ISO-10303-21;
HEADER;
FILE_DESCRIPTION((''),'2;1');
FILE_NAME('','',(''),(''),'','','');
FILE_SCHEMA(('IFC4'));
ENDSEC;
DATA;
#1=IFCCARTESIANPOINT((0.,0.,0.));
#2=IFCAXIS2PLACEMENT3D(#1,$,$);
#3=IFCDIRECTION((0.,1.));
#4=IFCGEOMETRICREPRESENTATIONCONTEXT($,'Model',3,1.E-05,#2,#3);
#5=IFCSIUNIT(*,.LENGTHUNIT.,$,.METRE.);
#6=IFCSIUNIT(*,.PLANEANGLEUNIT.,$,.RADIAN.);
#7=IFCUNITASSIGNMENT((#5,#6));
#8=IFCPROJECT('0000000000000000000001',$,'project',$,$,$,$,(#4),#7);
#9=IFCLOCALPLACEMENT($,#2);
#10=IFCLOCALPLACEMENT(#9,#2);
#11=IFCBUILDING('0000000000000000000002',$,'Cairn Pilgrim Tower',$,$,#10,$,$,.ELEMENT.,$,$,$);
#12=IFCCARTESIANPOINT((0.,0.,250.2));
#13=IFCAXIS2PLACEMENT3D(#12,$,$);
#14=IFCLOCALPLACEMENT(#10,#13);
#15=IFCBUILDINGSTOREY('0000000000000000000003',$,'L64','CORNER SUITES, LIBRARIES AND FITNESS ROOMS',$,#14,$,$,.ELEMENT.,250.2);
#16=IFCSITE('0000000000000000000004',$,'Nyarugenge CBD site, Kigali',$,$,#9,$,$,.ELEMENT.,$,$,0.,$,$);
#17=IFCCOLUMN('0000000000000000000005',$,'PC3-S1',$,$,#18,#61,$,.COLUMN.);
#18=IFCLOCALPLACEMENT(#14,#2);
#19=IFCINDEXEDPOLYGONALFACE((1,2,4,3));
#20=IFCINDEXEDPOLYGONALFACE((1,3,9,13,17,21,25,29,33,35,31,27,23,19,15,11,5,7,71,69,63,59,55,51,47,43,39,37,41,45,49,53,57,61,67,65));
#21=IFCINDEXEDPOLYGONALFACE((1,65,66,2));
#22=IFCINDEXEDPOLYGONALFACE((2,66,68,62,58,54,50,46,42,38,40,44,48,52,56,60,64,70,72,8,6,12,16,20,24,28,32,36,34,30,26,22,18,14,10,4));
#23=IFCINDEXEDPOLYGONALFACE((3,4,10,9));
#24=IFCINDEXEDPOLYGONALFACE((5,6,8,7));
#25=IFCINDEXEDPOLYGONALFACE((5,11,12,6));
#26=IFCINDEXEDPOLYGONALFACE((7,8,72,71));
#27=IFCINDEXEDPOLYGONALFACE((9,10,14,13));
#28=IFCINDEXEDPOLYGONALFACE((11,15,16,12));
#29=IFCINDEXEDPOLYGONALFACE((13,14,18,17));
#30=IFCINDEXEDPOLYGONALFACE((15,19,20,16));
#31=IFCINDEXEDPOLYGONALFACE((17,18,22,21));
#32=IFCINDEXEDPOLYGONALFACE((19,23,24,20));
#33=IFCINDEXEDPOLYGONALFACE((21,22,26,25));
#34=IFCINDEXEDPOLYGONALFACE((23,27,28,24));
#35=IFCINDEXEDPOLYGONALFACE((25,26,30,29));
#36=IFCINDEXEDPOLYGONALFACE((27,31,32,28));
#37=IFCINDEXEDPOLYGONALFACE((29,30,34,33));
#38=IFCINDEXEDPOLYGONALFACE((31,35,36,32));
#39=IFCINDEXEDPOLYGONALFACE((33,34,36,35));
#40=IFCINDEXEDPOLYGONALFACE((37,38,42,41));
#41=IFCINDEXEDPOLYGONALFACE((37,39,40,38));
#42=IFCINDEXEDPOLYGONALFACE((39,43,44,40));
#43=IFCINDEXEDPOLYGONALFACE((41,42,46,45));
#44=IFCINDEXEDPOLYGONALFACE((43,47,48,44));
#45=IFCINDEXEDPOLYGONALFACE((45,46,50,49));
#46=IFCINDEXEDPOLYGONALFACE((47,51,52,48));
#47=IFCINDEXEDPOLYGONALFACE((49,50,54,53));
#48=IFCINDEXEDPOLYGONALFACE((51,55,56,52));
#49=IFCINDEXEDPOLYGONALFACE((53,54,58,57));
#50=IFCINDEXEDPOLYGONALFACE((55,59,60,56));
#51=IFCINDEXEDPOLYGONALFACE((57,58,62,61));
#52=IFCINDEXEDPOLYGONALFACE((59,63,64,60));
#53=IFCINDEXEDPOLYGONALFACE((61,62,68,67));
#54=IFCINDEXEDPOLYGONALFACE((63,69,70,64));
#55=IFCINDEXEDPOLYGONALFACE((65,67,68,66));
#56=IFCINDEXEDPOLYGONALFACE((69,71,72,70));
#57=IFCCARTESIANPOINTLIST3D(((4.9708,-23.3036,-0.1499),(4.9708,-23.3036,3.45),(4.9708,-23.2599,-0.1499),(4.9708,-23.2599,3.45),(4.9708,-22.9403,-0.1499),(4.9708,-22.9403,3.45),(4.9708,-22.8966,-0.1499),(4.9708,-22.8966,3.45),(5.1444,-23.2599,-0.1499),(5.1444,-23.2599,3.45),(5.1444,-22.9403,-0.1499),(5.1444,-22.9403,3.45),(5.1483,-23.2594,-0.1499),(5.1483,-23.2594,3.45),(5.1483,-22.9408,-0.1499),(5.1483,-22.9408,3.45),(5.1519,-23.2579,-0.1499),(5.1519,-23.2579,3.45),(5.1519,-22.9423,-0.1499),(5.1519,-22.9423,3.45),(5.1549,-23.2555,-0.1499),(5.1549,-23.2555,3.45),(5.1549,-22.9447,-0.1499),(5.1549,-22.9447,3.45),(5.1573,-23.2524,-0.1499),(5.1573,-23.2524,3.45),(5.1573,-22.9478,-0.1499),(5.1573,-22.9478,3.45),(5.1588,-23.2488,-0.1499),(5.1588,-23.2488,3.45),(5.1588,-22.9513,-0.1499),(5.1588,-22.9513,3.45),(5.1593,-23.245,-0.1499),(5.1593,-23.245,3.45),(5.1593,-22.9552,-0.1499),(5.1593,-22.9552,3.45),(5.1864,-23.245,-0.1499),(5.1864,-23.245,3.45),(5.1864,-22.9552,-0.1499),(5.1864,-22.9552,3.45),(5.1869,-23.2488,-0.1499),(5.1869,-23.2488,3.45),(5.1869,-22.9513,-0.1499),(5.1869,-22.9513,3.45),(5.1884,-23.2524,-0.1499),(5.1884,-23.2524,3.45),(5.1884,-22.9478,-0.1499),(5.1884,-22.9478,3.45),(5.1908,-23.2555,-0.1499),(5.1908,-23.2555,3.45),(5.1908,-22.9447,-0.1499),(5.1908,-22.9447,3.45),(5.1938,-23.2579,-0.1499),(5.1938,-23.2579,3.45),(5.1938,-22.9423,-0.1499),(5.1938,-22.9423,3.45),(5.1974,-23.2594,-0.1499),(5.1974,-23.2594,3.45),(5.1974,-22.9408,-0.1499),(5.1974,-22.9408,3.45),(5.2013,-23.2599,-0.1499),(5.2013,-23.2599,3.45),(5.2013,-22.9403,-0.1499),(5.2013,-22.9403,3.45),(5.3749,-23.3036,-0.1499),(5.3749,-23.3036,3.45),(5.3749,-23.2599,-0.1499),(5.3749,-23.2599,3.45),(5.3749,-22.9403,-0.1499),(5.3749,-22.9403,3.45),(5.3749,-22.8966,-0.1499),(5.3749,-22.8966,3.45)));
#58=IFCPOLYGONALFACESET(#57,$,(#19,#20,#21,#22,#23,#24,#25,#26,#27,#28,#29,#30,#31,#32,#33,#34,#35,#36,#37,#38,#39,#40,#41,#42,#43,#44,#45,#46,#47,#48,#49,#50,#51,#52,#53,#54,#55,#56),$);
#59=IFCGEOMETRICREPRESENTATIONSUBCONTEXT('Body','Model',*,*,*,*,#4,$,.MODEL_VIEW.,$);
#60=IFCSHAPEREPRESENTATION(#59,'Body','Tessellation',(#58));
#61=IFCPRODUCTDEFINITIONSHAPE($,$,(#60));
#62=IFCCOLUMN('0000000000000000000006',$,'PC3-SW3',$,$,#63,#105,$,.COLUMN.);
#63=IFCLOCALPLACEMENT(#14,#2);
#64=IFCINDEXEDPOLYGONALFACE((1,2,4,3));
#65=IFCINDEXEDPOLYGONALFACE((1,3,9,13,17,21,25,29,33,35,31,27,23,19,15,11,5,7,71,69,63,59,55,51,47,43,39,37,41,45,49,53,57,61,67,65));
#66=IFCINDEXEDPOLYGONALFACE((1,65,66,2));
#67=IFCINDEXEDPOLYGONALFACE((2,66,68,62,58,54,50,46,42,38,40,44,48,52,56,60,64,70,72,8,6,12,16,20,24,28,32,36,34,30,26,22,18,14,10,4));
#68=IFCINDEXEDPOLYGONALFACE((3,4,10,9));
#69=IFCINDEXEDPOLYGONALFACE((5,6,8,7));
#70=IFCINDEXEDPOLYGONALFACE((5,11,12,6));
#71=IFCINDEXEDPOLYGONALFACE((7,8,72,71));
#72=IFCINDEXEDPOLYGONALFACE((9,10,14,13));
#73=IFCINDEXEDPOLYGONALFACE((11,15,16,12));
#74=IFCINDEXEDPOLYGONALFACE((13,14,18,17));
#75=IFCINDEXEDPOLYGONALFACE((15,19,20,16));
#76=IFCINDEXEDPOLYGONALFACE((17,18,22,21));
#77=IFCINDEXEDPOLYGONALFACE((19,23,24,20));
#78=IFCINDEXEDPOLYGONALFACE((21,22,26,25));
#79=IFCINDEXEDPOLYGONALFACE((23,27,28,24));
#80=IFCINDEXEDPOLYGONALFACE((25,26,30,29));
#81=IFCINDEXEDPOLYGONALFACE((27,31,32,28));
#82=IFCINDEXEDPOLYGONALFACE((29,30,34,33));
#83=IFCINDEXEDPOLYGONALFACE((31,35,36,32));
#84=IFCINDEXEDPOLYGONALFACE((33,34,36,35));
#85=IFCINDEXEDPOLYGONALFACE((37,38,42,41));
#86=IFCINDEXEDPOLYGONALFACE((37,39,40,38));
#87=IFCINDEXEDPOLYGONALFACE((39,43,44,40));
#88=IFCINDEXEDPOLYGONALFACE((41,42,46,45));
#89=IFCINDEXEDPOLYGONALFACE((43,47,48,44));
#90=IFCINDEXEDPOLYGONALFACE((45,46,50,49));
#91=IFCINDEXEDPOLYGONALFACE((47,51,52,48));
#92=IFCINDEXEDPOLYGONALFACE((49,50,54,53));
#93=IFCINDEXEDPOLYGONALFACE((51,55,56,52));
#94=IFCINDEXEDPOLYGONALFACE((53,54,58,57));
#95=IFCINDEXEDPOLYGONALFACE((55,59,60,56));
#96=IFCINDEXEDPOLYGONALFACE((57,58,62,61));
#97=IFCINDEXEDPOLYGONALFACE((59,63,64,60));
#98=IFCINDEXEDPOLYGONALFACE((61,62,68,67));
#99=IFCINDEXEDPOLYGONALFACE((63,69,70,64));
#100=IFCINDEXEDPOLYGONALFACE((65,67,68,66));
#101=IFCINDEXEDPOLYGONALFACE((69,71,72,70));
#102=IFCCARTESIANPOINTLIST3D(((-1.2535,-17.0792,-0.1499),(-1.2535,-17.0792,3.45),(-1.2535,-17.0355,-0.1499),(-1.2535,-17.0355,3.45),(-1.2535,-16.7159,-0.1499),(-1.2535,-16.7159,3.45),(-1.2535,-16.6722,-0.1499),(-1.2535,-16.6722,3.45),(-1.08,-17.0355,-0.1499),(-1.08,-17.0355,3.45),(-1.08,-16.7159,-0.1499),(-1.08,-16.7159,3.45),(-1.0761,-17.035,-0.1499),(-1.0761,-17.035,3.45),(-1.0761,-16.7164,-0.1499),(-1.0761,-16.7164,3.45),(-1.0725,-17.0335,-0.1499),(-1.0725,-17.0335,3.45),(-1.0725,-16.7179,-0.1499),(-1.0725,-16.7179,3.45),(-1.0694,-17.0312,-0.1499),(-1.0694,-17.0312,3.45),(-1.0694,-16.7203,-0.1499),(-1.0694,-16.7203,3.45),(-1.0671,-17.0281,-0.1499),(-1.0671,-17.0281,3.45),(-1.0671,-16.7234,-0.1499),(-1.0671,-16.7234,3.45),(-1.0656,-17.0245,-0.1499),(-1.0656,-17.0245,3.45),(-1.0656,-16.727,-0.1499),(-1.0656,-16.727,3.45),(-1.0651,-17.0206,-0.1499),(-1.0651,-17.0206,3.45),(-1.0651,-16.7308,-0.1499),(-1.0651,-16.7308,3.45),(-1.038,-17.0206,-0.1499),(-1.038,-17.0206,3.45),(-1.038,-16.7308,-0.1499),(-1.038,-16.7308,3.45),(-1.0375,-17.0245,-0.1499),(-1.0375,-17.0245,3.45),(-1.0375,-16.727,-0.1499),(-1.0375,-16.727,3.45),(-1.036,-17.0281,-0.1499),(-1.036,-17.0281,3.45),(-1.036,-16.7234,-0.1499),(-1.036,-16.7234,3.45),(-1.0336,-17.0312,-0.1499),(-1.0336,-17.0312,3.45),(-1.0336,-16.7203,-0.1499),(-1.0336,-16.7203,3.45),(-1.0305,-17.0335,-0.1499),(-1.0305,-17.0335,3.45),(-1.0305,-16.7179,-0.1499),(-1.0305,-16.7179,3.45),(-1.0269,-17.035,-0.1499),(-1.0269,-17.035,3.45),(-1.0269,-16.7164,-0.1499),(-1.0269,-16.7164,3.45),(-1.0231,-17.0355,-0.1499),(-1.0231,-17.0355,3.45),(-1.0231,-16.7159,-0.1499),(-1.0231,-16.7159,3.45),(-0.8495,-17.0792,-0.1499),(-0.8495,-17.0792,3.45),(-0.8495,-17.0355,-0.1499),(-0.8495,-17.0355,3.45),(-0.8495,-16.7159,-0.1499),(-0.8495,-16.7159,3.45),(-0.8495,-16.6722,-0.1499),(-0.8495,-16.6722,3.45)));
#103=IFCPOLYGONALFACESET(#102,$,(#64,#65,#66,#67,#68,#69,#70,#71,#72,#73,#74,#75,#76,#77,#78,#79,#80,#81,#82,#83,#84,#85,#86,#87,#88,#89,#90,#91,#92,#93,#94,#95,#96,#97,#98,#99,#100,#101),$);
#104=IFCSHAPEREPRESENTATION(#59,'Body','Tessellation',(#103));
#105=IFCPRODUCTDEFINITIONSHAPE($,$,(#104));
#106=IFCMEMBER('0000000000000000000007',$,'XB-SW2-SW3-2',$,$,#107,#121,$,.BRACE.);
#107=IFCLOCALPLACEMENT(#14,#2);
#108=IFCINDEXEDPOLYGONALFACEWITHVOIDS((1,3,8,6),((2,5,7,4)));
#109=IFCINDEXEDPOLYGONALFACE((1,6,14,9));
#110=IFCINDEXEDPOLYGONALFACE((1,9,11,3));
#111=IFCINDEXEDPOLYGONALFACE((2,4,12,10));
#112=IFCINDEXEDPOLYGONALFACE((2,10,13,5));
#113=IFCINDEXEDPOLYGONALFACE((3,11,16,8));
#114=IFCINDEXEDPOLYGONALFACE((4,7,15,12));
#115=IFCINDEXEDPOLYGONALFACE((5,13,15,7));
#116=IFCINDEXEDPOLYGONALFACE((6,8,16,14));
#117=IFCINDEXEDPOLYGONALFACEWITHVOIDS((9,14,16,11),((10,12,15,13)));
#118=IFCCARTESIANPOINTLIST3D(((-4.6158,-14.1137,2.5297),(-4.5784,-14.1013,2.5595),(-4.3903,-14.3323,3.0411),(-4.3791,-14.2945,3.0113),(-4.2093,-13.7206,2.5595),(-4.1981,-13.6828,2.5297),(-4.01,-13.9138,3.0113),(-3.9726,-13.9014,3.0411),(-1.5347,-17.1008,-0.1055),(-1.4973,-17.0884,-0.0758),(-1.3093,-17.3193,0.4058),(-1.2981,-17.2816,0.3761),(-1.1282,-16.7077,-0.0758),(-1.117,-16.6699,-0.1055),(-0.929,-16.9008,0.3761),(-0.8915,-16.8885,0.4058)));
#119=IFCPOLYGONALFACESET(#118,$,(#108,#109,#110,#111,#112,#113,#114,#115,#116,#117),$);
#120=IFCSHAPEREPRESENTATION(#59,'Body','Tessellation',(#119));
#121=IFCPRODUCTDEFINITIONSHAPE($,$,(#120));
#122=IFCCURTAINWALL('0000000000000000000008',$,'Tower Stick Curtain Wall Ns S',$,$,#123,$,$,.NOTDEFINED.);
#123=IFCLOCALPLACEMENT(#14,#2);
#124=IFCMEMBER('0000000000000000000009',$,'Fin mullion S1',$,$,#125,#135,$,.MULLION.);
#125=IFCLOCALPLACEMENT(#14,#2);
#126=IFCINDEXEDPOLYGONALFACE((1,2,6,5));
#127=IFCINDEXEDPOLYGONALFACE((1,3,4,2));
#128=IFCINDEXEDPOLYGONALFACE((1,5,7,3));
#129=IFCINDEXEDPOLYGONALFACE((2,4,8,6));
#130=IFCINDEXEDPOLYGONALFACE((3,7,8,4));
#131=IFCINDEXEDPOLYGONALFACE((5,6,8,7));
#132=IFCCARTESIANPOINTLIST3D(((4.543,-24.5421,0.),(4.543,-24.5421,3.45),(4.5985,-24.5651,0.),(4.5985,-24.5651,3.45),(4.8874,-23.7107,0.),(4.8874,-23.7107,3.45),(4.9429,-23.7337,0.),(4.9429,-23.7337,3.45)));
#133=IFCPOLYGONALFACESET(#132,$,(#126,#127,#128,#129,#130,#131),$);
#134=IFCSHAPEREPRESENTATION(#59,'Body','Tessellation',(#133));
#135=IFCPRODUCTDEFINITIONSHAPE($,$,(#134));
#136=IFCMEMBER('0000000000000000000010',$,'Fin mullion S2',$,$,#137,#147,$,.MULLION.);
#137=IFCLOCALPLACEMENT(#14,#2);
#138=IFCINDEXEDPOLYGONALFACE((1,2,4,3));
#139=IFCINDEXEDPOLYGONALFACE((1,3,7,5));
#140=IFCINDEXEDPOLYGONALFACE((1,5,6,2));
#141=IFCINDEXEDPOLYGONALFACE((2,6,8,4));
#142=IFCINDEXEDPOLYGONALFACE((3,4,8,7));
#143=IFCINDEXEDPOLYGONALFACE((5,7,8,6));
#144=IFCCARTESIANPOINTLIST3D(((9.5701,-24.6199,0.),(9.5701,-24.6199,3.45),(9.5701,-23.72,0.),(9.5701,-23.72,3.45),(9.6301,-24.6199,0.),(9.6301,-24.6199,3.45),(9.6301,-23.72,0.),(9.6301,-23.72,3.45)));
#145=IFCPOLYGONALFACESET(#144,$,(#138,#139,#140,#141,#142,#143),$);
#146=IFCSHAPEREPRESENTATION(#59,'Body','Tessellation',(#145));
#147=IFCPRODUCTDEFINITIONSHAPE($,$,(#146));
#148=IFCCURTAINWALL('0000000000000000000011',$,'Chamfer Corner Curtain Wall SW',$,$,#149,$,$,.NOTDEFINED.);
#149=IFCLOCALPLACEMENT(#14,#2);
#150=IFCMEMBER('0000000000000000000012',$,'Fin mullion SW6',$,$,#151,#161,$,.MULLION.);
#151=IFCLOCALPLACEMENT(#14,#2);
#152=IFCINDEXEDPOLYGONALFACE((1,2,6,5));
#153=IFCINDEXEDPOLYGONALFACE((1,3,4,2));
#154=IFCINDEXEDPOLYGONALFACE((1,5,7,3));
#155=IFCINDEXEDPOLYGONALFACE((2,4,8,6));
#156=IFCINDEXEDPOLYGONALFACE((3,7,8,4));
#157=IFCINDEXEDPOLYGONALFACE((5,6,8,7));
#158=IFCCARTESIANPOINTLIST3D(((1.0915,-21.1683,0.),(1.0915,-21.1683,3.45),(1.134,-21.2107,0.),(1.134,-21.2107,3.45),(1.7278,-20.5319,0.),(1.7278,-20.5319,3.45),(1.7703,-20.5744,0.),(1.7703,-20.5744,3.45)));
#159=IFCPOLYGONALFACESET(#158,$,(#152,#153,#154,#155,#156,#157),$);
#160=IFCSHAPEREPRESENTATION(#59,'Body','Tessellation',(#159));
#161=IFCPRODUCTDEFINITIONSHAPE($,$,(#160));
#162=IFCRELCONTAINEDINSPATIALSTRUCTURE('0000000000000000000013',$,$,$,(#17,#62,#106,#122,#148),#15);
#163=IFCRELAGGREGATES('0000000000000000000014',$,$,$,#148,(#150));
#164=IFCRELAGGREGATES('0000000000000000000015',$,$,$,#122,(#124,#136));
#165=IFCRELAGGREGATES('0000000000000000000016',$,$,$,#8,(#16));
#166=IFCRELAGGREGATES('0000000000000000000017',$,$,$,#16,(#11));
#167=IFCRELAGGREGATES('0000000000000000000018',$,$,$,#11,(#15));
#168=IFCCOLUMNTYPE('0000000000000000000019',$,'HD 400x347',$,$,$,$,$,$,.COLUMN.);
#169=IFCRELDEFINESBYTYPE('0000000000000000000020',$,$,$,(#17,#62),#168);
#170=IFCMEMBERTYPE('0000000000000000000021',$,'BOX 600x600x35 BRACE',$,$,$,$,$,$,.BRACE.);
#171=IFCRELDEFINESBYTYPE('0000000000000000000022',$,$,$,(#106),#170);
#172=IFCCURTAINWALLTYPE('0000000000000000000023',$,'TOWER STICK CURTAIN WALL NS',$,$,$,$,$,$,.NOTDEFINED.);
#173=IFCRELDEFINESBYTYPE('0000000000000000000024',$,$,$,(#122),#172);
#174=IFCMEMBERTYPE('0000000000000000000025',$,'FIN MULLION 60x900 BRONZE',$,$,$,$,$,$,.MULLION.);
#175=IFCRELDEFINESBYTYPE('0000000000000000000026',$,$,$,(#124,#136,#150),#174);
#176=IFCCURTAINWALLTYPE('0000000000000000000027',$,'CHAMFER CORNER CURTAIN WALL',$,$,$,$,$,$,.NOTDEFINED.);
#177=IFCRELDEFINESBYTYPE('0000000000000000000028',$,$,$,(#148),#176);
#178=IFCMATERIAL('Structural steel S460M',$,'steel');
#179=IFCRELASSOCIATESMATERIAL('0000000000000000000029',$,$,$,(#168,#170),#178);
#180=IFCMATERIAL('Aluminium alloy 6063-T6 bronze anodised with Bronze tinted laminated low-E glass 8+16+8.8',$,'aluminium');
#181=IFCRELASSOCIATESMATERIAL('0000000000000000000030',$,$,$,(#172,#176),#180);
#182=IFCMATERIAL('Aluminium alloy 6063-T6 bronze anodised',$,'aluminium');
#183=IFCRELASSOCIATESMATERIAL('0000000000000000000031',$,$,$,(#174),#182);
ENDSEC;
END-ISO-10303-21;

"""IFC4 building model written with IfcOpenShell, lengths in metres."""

from ifc_helpers import new_model, si_unit, direction, frame, origin, origin_2d, place, context, subcontext, project, spatial, rectangle, hollow_rectangle, i_section, extrude, material, material_profile, profile_set, type_object, element, aggregate, save


model = new_model("IFC4")

# Units and contexts
model_context = context("Model", 3, precision=1e-05, world=origin(), true_north=direction((0.0, 1.0)))
body_context = subcontext(model_context, "Body", "Model", "MODEL_VIEW")
ifc_project = project(units=[si_unit("LENGTHUNIT", "METRE"), si_unit("PLANEANGLEUNIT", "RADIAN")], contexts=[model_context])

# Site, building, storey
site_placement = place(None, origin())
site = spatial("IfcSite", under=ifc_project, at=site_placement, Name="Nyarugenge CBD site, Kigali", CompositionType="ELEMENT", RefElevation=0.0)
building_placement = place(site_placement, origin())
building = spatial("IfcBuilding", under=site, at=building_placement, Name="Cairn Pilgrim Tower", CompositionType="ELEMENT")
storey_placement = place(building_placement, frame((0.0, 0.0, 250.2)))
storey = spatial("IfcBuildingStorey", under=building, at=storey_placement, Name="L64", Description="CORNER SUITES, LIBRARIES AND FITNESS ROOMS", CompositionType="ELEMENT", Elevation=250.2)

# Columns
ifc_material_1 = material(Name="Structural steel S460M", Category="steel")
ifc_material_profile_1 = material_profile(ifc_material_1, i_section(OverallWidth=0.4041, OverallDepth=0.407, WebThickness=0.0271, FlangeThickness=0.0437, FilletRadius=0.0149, at=origin_2d()), Name="HD 400x347")
ifc_profile_set_1 = profile_set([ifc_material_profile_1], Name="Structural steel S460M")
column_type = type_object("IfcColumnType", Name="HD 400x347", PredefinedType="COLUMN", material=ifc_profile_set_1)
for number, where, z_axis, x_axis, name in (
    (1, (5.1729, -23.1001, -0.1499), (0.0, 0.0, 1.0), (1.0, 0.0, 0.0), "PC3-S1"),
    (2, (-1.0515, -16.8757, -0.1499), (0.0, 0.0, 1.0), (1.0, 0.0, 0.0), "PC3-SW3"),
):
    element("IfcColumn", number, at=place(storey_placement, frame(where, z_axis=z_axis, x_axis=x_axis)), inside=storey, type_object=column_type, Name=name, PredefinedType="COLUMN", context=body_context, shape_type="SweptSolid", body=[
        extrude(i_section(OverallWidth=0.4041, OverallDepth=0.407, WebThickness=0.0271, FlangeThickness=0.0437, FilletRadius=0.0149, at=origin_2d()), origin(), (0.0, 0.0, 1.0), 3.5999),
    ])

# Member
ifc_material_profile_2 = material_profile(ifc_material_1, hollow_rectangle(XDim=0.6001, YDim=0.6001, WallThickness=0.0349, at=origin_2d()), Name="BOX 600x600x35")
ifc_profile_set_2 = profile_set([ifc_material_profile_2], Name="Structural steel S460M")
member_type_1 = type_object("IfcMemberType", Name="BOX 600x600x35 BRACE", PredefinedType="BRACE", material=ifc_profile_set_2)
member_1_placement = place(storey_placement, frame((-1.2131, -16.9946, 0.1501), z_axis=(-0.611822, 0.593157, 0.523297), x_axis=(-0.69607, -0.717974, 0.0)))
element("IfcMember", 3, at=member_1_placement, inside=storey, type_object=member_type_1, Name="XB-SW2-SW3-2", PredefinedType="BRACE", context=body_context, shape_type="SweptSolid", body=[
    extrude(hollow_rectangle(XDim=0.6001, YDim=0.6001, WallThickness=0.0349, at=origin_2d()), origin(), (0.0, 0.0, 1.0), 5.0359),
])

# Curtain wall, members
ifc_material_2 = material(Name="Aluminium alloy 6063-T6 bronze anodised with Bronze tinted laminated low-E glass 8+16+8.8", Category="aluminium")
curtain_wall_type_1 = type_object("IfcCurtainWallType", Name="TOWER STICK CURTAIN WALL NS", PredefinedType="NOTDEFINED", material=ifc_material_2)
curtain_wall_1_placement = place(storey_placement, origin())
curtain_wall_1 = element("IfcCurtainWall", 4, at=curtain_wall_1_placement, inside=storey, type_object=curtain_wall_type_1, Name="Tower Stick Curtain Wall Ns S", PredefinedType="NOTDEFINED")
ifc_material_3 = material(Name="Aluminium alloy 6063-T6 bronze anodised", Category="aluminium")
ifc_material_profile_3 = material_profile(ifc_material_3, rectangle(XDim=0.8999, YDim=0.0601, at=origin_2d()), Name="FIN MULLION 60x900 BRONZE")
ifc_profile_set_3 = profile_set([ifc_material_profile_3], Name="Aluminium alloy 6063-T6 bronze anodised")
member_type_2 = type_object("IfcMemberType", Name="FIN MULLION 60x900 BRONZE", PredefinedType="MULLION", material=ifc_profile_set_3)
member_2_placement = place(storey_placement, frame((4.7429, -24.1379, 0.0), z_axis=(0.0, 0.0, 1.0), x_axis=(-0.382683, -0.92388, 0.0)))
member_2 = element("IfcMember", 5, at=member_2_placement, type_object=member_type_2, Name="Fin mullion S1", PredefinedType="MULLION", context=body_context, shape_type="SweptSolid", body=[
    extrude(rectangle(XDim=0.8999, YDim=0.0601, at=origin_2d()), origin(), (0.0, 0.0, 1.0), 3.45),
])
member_3_placement = place(storey_placement, frame((9.6001, -24.1699, 0.0), z_axis=(0.0, 0.0, 1.0), x_axis=(0.0, -1.0, 0.0)))
member_3 = element("IfcMember", 6, at=member_3_placement, type_object=member_type_2, Name="Fin mullion S2", PredefinedType="MULLION", context=body_context, shape_type="SweptSolid", body=[
    extrude(rectangle(XDim=0.8999, YDim=0.0601, at=origin_2d()), origin(), (0.0, 0.0, 1.0), 3.45),
])

# Curtain wall, member
curtain_wall_type_2 = type_object("IfcCurtainWallType", Name="CHAMFER CORNER CURTAIN WALL", PredefinedType="NOTDEFINED", material=ifc_material_2)
curtain_wall_2_placement = place(storey_placement, origin())
curtain_wall_2 = element("IfcCurtainWall", 7, at=curtain_wall_2_placement, inside=storey, type_object=curtain_wall_type_2, Name="Chamfer Corner Curtain Wall SW", PredefinedType="NOTDEFINED")
member_4_placement = place(storey_placement, frame((1.4309, -20.8713, 0.0), z_axis=(0.0, 0.0, 1.0), x_axis=(-0.707107, -0.707107, 0.0)))
member_4 = element("IfcMember", 8, at=member_4_placement, type_object=member_type_2, Name="Fin mullion SW6", PredefinedType="MULLION", context=body_context, shape_type="SweptSolid", body=[
    extrude(rectangle(XDim=0.8999, YDim=0.0601, at=origin_2d()), origin(), (0.0, 0.0, 1.0), 3.45),
])

aggregate(curtain_wall_2, [member_4])
aggregate(curtain_wall_1, [member_2, member_3])

save(model, "model.ifc")
